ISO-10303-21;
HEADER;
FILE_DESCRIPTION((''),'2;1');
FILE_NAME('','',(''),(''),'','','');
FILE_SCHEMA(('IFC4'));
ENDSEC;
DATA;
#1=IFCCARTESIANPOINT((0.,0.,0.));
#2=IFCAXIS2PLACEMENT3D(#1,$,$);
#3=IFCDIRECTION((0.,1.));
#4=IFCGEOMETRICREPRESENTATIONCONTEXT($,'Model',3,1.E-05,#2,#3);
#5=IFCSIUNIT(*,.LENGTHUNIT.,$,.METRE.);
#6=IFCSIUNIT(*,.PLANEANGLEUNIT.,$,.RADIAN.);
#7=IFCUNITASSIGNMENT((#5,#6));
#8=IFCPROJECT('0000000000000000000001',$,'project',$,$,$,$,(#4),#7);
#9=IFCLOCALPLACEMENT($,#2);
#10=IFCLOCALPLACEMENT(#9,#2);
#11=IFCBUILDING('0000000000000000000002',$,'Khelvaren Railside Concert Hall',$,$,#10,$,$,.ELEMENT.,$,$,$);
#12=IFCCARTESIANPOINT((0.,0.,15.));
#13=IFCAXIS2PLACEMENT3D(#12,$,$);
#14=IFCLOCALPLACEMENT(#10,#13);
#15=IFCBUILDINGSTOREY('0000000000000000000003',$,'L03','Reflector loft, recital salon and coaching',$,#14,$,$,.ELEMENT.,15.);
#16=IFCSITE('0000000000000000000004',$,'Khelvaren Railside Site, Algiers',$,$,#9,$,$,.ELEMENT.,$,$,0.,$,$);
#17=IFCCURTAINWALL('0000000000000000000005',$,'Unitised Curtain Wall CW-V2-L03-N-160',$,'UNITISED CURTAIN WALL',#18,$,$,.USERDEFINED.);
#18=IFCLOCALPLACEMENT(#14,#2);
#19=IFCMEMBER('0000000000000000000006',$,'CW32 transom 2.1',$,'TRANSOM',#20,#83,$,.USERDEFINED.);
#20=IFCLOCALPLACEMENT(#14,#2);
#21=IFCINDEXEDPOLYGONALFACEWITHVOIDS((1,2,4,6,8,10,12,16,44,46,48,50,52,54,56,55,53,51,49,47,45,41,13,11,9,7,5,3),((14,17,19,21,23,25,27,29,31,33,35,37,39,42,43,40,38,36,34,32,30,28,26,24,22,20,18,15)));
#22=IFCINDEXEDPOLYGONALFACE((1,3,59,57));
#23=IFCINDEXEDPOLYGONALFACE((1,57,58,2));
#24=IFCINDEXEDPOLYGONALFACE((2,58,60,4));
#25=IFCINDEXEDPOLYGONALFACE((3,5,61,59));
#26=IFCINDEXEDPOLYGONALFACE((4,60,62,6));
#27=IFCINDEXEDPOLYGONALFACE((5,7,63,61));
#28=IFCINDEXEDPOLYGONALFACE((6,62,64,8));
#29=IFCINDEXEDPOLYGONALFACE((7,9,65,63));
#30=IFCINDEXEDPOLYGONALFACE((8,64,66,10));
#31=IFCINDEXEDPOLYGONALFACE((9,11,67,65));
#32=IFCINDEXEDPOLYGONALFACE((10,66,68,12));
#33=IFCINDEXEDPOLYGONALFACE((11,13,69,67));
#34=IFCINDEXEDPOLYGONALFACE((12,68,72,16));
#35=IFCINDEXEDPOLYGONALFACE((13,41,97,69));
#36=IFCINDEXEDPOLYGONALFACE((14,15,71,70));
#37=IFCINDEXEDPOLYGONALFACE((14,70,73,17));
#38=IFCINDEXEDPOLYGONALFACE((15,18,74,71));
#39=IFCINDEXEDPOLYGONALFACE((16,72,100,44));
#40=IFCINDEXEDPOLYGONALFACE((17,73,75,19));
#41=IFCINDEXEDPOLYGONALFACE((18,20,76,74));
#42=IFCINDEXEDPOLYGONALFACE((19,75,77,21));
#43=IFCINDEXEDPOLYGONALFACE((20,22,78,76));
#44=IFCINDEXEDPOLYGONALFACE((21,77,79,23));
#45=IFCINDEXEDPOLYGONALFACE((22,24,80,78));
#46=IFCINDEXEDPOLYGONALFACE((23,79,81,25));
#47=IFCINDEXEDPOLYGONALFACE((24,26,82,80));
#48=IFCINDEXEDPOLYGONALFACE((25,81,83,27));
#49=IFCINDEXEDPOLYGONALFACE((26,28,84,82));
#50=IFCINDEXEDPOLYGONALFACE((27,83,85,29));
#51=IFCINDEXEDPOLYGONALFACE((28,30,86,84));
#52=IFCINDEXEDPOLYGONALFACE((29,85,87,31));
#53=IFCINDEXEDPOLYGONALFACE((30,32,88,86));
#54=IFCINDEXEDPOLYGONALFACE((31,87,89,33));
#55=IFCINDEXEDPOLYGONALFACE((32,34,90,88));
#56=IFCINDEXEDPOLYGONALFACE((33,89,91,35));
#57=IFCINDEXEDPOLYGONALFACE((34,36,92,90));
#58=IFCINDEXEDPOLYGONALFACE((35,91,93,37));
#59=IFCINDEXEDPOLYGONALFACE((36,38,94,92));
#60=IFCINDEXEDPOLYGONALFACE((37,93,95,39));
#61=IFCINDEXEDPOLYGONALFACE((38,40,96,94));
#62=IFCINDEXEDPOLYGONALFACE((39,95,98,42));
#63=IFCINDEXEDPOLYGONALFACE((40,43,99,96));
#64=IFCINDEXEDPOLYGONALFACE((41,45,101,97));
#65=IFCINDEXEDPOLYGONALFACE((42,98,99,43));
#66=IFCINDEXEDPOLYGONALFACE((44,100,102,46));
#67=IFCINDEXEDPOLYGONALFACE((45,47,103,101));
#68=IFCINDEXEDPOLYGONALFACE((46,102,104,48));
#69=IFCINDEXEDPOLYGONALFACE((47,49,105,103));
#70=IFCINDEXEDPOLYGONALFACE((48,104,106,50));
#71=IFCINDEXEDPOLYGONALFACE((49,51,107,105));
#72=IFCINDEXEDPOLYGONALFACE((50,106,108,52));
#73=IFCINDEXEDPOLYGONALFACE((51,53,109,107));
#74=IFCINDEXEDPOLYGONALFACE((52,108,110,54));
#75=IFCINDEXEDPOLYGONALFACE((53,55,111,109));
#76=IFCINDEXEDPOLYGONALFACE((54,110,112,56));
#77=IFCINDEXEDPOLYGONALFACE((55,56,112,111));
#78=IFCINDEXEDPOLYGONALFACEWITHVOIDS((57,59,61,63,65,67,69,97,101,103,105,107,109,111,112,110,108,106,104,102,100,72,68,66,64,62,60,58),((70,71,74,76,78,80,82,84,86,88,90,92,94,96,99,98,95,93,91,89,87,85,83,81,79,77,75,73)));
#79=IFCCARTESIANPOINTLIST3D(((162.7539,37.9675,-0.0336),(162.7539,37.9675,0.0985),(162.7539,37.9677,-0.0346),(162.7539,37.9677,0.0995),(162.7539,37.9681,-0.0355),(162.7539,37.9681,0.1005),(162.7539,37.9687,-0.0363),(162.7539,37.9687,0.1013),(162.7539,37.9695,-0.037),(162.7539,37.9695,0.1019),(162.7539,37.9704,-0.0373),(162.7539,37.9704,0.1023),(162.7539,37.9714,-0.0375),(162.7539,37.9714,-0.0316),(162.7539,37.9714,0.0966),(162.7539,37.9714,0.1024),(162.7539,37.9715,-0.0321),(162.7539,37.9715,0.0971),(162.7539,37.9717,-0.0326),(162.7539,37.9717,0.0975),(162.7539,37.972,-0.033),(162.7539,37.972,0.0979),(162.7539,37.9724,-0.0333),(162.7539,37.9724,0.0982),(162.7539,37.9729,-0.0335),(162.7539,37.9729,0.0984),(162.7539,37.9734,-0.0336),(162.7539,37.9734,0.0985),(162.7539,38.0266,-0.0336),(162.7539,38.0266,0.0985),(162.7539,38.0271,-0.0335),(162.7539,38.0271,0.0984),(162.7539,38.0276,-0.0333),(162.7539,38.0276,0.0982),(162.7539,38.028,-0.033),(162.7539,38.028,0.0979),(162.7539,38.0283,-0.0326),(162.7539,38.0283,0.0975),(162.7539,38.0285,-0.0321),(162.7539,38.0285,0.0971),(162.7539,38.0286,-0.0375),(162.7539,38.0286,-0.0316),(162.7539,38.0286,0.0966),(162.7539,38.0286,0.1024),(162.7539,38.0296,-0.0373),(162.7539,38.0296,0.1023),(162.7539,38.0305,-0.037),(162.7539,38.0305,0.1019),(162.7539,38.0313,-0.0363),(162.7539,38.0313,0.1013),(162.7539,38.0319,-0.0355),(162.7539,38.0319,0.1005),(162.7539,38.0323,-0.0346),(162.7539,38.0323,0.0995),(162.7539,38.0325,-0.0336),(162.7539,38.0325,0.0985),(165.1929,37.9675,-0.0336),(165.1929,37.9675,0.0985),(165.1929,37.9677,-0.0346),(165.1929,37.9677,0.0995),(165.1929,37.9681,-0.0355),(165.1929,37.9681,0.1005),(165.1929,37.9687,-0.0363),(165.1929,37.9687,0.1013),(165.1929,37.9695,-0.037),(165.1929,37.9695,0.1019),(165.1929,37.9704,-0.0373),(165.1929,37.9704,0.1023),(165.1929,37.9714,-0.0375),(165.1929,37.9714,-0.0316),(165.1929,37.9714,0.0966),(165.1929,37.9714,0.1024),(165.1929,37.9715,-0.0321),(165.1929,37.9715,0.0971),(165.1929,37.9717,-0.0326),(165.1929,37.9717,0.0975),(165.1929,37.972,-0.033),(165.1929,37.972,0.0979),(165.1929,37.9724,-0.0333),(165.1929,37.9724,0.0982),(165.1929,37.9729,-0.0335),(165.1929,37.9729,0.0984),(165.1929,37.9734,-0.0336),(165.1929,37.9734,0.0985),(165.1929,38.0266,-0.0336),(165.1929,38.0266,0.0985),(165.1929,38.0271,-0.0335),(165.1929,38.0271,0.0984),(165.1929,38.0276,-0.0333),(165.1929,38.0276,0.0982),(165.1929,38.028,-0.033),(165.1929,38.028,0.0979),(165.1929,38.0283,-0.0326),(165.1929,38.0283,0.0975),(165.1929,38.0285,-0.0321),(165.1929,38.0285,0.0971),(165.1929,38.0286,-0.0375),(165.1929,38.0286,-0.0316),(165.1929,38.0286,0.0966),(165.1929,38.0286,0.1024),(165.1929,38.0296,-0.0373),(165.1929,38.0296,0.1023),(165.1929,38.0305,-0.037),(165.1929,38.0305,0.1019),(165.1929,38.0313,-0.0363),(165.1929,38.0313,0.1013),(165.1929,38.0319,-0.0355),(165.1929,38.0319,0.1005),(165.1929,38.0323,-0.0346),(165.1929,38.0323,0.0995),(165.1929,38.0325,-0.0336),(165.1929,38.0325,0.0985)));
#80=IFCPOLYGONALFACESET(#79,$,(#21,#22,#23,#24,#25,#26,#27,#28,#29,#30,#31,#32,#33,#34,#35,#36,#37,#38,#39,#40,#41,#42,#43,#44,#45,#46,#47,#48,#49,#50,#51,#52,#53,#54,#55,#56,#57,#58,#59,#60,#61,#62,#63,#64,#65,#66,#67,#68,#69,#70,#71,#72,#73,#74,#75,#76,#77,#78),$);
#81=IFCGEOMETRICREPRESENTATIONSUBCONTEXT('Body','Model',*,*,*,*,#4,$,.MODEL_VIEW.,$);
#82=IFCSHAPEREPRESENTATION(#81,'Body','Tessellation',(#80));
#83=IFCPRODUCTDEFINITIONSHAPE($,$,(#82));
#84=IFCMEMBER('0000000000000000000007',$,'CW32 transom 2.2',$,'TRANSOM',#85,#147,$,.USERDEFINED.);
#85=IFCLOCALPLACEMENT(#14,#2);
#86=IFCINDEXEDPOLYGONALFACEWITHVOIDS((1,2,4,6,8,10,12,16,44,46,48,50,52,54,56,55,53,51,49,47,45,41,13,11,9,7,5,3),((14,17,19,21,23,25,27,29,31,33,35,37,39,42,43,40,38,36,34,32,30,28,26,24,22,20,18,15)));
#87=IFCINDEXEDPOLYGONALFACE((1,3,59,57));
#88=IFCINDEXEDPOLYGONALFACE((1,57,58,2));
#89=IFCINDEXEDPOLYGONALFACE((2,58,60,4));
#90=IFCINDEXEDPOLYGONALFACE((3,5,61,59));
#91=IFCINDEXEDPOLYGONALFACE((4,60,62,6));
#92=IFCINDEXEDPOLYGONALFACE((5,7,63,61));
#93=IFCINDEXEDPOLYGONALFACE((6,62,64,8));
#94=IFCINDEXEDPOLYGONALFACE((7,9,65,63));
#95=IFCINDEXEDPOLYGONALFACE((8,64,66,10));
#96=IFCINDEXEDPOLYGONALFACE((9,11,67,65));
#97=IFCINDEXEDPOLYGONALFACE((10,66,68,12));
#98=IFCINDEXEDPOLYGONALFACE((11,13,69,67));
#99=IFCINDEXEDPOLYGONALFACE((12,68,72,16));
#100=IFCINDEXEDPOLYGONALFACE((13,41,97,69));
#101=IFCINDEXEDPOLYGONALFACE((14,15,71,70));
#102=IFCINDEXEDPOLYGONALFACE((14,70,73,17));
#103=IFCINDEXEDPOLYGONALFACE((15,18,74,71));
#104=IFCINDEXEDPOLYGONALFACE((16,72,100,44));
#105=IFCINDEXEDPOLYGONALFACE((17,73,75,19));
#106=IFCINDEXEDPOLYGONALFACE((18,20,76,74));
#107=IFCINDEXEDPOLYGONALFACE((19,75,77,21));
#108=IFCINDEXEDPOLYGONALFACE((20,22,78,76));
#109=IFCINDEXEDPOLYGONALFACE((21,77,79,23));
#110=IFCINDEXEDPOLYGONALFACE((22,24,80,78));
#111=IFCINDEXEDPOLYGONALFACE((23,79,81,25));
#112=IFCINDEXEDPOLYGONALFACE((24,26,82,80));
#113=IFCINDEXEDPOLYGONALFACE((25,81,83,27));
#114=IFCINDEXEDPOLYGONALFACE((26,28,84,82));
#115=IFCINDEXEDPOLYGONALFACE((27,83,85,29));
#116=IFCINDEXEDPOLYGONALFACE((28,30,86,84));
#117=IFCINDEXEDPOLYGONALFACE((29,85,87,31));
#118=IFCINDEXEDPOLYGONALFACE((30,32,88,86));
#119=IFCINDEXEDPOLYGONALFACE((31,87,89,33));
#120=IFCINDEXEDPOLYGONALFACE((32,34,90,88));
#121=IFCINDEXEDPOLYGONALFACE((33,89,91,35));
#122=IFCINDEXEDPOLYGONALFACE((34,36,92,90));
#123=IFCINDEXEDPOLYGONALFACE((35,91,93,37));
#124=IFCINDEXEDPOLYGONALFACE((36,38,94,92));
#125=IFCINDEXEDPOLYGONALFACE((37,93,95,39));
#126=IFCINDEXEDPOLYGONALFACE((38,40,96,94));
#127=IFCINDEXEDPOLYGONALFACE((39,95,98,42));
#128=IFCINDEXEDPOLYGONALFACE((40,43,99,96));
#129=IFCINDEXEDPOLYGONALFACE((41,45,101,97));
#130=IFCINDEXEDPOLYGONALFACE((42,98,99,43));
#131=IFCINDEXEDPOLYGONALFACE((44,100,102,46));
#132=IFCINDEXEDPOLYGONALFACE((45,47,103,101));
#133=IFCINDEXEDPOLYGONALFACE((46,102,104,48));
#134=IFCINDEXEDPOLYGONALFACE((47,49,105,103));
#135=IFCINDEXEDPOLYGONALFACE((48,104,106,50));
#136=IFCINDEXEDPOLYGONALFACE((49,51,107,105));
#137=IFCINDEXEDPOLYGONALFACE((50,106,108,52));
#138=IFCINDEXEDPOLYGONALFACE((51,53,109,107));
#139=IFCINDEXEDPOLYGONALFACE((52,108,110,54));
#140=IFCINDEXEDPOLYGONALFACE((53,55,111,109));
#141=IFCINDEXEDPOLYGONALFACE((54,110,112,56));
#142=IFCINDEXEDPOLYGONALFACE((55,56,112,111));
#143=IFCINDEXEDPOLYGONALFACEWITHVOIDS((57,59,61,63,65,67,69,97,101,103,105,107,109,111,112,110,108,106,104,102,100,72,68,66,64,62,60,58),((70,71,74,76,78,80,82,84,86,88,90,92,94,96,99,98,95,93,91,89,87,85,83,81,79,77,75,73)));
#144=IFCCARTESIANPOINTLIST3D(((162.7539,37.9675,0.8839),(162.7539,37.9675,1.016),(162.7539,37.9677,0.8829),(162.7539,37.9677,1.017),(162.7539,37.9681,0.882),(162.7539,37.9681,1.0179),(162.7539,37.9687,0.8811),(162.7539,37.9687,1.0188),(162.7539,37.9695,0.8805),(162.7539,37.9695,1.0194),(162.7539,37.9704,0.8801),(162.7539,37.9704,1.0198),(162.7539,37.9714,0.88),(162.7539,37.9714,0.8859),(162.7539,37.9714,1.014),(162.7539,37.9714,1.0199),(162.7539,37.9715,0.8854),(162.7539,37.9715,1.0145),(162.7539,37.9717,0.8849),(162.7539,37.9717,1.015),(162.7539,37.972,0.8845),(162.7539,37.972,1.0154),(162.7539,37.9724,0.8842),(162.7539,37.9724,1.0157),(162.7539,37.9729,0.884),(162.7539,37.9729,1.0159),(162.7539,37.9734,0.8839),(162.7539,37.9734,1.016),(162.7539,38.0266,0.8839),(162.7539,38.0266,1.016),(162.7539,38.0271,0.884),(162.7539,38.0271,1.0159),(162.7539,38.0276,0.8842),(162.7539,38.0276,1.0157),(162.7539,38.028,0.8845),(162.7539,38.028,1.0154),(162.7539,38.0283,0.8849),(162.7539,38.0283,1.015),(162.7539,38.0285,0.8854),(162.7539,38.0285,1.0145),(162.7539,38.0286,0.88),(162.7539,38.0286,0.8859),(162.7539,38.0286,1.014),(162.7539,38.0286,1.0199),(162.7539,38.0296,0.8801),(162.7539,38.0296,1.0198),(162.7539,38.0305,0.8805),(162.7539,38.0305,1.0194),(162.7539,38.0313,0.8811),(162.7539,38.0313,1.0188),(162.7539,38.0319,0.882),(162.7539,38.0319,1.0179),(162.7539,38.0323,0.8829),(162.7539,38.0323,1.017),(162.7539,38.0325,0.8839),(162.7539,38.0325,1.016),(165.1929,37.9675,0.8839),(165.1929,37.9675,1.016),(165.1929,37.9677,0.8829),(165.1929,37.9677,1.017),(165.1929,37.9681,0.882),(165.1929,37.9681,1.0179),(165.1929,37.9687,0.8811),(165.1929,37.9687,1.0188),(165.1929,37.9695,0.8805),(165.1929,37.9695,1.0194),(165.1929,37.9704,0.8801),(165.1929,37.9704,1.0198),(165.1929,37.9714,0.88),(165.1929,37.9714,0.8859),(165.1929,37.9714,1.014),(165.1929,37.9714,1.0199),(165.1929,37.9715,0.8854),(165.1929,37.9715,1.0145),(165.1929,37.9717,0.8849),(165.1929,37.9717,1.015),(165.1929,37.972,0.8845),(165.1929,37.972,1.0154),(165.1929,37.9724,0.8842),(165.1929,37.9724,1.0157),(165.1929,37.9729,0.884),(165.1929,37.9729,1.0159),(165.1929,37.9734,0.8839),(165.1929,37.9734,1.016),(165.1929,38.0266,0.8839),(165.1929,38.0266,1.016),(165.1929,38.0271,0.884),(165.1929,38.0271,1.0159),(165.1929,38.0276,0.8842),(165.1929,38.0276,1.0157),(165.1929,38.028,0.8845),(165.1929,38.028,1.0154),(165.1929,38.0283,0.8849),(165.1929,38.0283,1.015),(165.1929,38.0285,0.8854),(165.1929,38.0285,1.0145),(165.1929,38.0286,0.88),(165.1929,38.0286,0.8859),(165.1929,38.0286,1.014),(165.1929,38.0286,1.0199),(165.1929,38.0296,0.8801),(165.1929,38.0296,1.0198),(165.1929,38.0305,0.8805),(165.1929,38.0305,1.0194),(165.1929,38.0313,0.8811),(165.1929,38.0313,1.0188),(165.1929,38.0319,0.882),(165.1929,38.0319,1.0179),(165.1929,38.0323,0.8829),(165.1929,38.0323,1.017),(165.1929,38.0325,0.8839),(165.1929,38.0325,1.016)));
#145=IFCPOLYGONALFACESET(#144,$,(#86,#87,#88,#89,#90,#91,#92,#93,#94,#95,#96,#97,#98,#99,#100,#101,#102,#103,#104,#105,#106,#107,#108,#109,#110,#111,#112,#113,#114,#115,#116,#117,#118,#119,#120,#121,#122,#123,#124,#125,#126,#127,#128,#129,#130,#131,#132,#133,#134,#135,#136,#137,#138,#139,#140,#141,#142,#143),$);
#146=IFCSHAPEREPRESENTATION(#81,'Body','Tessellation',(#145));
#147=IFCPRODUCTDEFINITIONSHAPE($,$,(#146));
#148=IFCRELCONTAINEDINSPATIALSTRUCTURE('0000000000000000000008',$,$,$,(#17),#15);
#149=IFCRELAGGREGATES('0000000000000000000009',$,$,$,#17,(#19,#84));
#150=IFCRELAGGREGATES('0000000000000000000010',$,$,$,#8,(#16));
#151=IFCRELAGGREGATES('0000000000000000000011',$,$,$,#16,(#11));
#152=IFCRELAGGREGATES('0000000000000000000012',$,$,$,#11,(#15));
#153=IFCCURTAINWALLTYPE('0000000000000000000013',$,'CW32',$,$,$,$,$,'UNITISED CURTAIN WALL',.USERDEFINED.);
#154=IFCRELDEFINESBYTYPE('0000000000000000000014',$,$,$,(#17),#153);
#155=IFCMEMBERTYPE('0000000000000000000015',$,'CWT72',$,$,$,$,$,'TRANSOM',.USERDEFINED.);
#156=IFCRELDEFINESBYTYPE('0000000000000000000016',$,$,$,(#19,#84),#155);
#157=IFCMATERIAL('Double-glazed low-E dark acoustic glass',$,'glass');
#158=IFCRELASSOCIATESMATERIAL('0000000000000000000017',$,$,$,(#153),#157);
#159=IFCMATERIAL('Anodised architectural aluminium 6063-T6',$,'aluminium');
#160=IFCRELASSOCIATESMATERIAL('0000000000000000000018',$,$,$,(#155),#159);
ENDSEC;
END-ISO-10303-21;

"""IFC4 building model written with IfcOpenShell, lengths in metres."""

from ifc_helpers import new_model, si_unit, direction, frame, origin, origin_2d, place, context, subcontext, project, spatial, hollow_rectangle, extrude, material, material_profile, profile_set, type_object, element, aggregate, save


model = new_model("IFC4")

# Units and contexts
model_context = context("Model", 3, precision=1e-05, world=origin(), true_north=direction((0.0, 1.0)))
body_context = subcontext(model_context, "Body", "Model", "MODEL_VIEW")
ifc_project = project(units=[si_unit("LENGTHUNIT", "METRE"), si_unit("PLANEANGLEUNIT", "RADIAN")], contexts=[model_context])

# Site, building, storey
site_placement = place(None, origin())
site = spatial("IfcSite", under=ifc_project, at=site_placement, Name="Khelvaren Railside Site, Algiers", CompositionType="ELEMENT", RefElevation=0.0)
building_placement = place(site_placement, origin())
building = spatial("IfcBuilding", under=site, at=building_placement, Name="Khelvaren Railside Concert Hall", CompositionType="ELEMENT")
storey_placement = place(building_placement, frame((0.0, 0.0, 15.0)))
storey = spatial("IfcBuildingStorey", under=building, at=storey_placement, Name="L03", Description="Reflector loft, recital salon and coaching", CompositionType="ELEMENT", Elevation=15.0)

# Shared definitions
ifc_material_1 = material(Name="Double-glazed low-E dark acoustic glass", Category="glass")
ifc_material_2 = material(Name="Anodised architectural aluminium 6063-T6", Category="aluminium")

# Curtain wall
curtain_wall_type_1 = type_object("IfcCurtainWallType", Name="CW32", ElementType="UNITISED CURTAIN WALL", PredefinedType="USERDEFINED", material=ifc_material_1)
curtain_wall_1_placement = place(storey_placement, origin())
curtain_wall_1 = element("IfcCurtainWall", 1, at=curtain_wall_1_placement, inside=storey, type_object=curtain_wall_type_1, Name="Unitised Curtain Wall CW-V2-L03-N-160", ObjectType="UNITISED CURTAIN WALL", PredefinedType="USERDEFINED")

# Members
ifc_material_profile_1 = material_profile(ifc_material_2, hollow_rectangle(XDim=0.0649, YDim=0.1399, WallThickness=0.0039, InnerFilletRadius=0.002, OuterFilletRadius=0.0039, at=origin_2d()), Name="CWT 65x140x4")
ifc_profile_set_1 = profile_set([ifc_material_profile_1], Name="Anodised architectural aluminium 6063-T6")
member_type_1 = type_object("IfcMemberType", Name="CWT72", ElementType="TRANSOM", PredefinedType="USERDEFINED", material=ifc_profile_set_1)
member_1_placement = place(storey_placement, frame((162.7539, 38.0, 0.0325), z_axis=(1.0, 0.0, 0.0), x_axis=(0.0, 1.0, 0.0)))
member_1 = element("IfcMember", 2, at=member_1_placement, type_object=member_type_1, Name="CW32 transom 2.1", ObjectType="TRANSOM", PredefinedType="USERDEFINED", context=body_context, shape_type="SweptSolid", body=[
    extrude(hollow_rectangle(XDim=0.0649, YDim=0.1399, WallThickness=0.0039, InnerFilletRadius=0.002, OuterFilletRadius=0.0039, at=origin_2d()), origin(), (0.0, 0.0, 1.0), 2.439),
])
member_2_placement = place(storey_placement, frame((162.7539, 38.0, 0.95), z_axis=(1.0, 0.0, 0.0), x_axis=(0.0, 1.0, 0.0)))
member_2 = element("IfcMember", 3, at=member_2_placement, type_object=member_type_1, Name="CW32 transom 2.2", ObjectType="TRANSOM", PredefinedType="USERDEFINED", context=body_context, shape_type="SweptSolid", body=[
    extrude(hollow_rectangle(XDim=0.0649, YDim=0.1399, WallThickness=0.0039, InnerFilletRadius=0.002, OuterFilletRadius=0.0039, at=origin_2d()), origin(), (0.0, 0.0, 1.0), 2.439),
])

aggregate(curtain_wall_1, [member_1, member_2])

save(model, "model.ifc")
